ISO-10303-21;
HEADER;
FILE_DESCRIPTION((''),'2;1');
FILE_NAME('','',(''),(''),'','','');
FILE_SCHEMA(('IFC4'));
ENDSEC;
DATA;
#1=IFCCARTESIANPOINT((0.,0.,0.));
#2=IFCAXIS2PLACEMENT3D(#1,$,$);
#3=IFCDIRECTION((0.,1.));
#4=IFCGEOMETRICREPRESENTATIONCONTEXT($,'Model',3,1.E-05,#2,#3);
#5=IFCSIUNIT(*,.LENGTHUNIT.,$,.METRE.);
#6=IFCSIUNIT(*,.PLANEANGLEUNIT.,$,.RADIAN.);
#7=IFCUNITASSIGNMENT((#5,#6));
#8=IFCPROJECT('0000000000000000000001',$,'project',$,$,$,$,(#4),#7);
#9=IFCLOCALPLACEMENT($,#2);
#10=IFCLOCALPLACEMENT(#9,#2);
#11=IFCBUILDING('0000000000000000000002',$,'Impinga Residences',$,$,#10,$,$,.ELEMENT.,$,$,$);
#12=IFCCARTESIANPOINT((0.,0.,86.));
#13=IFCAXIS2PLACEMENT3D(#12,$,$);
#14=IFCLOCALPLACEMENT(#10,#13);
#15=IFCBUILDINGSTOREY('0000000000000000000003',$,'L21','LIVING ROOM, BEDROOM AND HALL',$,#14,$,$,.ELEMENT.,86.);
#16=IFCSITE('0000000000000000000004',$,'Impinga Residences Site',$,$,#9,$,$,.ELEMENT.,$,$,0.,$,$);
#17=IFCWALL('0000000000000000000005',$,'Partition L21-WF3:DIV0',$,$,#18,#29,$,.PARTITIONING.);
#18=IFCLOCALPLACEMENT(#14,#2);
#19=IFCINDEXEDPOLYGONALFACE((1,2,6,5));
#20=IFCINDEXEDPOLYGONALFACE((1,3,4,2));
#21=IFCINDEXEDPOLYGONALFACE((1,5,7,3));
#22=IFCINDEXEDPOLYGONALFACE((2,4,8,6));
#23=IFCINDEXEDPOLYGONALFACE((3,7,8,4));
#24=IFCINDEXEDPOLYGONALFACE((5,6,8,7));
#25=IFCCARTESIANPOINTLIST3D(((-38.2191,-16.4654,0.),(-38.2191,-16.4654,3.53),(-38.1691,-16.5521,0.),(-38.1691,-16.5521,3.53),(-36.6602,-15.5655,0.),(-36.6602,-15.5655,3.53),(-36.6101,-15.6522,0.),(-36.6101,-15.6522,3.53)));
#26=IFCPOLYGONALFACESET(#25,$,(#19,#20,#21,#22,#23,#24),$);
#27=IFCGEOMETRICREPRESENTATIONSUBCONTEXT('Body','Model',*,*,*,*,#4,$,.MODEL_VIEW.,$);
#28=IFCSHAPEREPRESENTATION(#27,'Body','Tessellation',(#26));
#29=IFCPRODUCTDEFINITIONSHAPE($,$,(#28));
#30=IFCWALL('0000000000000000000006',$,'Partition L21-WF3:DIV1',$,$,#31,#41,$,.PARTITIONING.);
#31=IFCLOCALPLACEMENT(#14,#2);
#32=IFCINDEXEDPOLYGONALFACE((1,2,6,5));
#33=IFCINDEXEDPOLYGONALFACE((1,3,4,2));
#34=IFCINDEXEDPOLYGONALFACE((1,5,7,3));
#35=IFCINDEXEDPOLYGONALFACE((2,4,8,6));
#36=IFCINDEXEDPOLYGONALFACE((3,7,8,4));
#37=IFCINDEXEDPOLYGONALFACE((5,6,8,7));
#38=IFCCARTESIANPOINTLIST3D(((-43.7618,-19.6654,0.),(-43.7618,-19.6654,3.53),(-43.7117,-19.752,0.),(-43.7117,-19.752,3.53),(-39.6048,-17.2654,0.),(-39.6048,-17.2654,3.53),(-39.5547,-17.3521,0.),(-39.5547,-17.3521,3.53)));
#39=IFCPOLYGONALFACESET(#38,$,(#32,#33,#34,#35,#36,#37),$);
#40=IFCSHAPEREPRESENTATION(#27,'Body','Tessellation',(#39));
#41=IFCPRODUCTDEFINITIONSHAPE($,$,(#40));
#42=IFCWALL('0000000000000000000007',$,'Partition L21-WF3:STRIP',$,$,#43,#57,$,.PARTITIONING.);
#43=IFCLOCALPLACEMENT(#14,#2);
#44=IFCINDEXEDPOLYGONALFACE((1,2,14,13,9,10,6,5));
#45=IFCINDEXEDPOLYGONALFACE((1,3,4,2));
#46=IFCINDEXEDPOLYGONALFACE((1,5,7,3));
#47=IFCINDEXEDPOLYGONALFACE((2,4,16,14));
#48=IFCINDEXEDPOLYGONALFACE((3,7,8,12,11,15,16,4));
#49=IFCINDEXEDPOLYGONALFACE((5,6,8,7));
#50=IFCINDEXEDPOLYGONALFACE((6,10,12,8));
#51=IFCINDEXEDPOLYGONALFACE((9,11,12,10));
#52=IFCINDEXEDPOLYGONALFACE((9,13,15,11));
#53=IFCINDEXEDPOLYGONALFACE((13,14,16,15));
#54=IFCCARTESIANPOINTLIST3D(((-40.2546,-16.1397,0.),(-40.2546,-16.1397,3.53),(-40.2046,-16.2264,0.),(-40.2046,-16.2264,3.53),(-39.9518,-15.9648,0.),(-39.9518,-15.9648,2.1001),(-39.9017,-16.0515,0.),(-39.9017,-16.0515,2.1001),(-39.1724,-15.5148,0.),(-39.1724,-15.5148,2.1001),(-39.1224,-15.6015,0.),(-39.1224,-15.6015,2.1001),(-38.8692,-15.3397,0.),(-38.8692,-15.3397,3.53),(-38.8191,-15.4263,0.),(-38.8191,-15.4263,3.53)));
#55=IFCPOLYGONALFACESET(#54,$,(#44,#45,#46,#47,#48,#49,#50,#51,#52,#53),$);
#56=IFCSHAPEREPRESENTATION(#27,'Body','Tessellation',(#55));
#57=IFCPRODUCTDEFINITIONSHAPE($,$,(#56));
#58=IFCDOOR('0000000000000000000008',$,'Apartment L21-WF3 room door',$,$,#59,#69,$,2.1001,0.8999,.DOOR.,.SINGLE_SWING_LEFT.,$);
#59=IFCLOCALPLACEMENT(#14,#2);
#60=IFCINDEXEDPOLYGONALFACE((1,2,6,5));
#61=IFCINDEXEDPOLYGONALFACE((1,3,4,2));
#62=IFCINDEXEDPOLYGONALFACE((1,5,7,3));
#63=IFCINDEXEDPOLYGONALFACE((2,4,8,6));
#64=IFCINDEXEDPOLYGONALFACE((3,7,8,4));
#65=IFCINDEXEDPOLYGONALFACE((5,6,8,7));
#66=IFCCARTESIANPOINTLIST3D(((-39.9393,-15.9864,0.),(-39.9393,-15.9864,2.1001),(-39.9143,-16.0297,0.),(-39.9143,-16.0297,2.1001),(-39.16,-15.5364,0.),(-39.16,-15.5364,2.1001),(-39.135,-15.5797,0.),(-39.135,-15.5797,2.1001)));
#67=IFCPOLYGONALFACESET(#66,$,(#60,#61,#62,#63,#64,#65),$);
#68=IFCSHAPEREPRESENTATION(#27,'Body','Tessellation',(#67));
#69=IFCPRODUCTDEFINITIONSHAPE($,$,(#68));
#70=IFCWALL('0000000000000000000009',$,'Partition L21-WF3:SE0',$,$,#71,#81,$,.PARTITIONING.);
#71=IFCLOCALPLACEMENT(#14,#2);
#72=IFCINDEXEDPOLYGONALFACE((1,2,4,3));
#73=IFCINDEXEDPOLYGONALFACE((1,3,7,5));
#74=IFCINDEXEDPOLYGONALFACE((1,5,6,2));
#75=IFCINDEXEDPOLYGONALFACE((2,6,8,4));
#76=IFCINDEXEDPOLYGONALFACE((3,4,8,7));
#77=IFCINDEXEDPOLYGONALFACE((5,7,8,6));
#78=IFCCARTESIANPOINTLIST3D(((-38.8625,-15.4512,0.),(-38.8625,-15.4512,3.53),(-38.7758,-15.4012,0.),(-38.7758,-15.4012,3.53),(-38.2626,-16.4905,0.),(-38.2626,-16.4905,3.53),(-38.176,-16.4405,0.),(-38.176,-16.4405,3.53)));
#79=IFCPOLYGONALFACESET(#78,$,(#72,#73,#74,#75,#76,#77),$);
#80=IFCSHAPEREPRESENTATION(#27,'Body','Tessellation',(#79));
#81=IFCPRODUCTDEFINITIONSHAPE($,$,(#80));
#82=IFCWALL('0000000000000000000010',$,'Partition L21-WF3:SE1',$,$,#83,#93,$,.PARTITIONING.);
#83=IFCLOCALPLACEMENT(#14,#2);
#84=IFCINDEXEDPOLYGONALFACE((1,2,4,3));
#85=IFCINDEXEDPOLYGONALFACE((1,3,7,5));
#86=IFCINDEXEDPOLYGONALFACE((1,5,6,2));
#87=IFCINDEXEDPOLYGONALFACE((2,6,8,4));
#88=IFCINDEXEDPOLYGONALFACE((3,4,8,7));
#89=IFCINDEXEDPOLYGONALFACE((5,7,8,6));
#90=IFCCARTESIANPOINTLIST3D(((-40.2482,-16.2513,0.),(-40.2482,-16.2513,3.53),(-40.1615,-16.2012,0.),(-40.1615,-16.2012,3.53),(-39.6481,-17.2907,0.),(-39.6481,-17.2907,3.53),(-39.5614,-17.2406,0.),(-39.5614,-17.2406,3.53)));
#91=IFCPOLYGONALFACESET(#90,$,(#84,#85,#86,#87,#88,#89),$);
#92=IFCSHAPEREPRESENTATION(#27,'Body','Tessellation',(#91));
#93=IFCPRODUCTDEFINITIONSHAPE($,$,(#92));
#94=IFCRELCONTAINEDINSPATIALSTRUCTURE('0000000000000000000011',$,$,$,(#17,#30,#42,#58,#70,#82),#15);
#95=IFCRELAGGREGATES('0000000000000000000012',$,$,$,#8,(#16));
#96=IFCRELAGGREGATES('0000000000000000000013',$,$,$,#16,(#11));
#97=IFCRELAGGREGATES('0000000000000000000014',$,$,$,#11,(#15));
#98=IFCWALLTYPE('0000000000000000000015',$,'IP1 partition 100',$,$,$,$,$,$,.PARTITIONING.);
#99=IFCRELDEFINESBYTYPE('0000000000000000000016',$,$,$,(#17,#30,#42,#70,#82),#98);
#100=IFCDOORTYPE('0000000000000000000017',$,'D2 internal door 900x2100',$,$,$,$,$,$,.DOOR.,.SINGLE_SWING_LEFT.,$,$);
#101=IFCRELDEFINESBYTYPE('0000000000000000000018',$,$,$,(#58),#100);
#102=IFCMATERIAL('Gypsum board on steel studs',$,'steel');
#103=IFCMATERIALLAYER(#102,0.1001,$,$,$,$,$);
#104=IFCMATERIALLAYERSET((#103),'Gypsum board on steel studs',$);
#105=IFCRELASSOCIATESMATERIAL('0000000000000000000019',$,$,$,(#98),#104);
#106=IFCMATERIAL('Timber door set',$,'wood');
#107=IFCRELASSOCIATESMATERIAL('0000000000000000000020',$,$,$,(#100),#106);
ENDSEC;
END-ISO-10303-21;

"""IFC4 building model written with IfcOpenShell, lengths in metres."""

from ifc_helpers import new_model, si_unit, direction, frame, frame_2d, origin, place, context, subcontext, project, spatial, rectangle, extrude, material, layer, layer_set, type_object, element, fill, save


model = new_model("IFC4")

# Units and contexts
model_context = context("Model", 3, precision=1e-05, world=origin(), true_north=direction((0.0, 1.0)))
body_context = subcontext(model_context, "Body", "Model", "MODEL_VIEW")
ifc_project = project(units=[si_unit("LENGTHUNIT", "METRE"), si_unit("PLANEANGLEUNIT", "RADIAN")], contexts=[model_context])

# Site, building, storey
site_placement = place(None, origin())
site = spatial("IfcSite", under=ifc_project, at=site_placement, Name="Impinga Residences Site", CompositionType="ELEMENT", RefElevation=0.0)
building_placement = place(site_placement, origin())
building = spatial("IfcBuilding", under=site, at=building_placement, Name="Impinga Residences", CompositionType="ELEMENT")
storey_placement = place(building_placement, frame((0.0, 0.0, 86.0)))
storey = spatial("IfcBuildingStorey", under=building, at=storey_placement, Name="L21", Description="LIVING ROOM, BEDROOM AND HALL", CompositionType="ELEMENT", Elevation=86.0)

# Walls
ifc_material_1 = material(Name="Gypsum board on steel studs", Category="steel")
ifc_layer_1 = layer(ifc_material_1, 0.1001)
ifc_layer_set_1 = layer_set([ifc_layer_1], Name="Gypsum board on steel studs")
wall_type_1 = type_object("IfcWallType", Name="IP1 partition 100", PredefinedType="PARTITIONING", material=ifc_layer_set_1)
wall_1_placement = place(storey_placement, frame((-36.6353, -15.6089, 0.0), z_axis=(0.0, 0.0, 1.0), x_axis=(-0.866048, -0.499961, 0.0)))
element("IfcWall", 1, at=wall_1_placement, inside=storey, type_object=wall_type_1, Name="Partition L21-WF3:DIV0", PredefinedType="PARTITIONING", context=body_context, shape_type="SweptSolid", body=[
    extrude(rectangle(XDim=1.8, YDim=0.1001, at=frame_2d((0.8999, 0.0))), origin(), (0.0, 0.0, 1.0), 3.53),
])
wall_2_placement = place(storey_placement, frame((-39.5798, -17.3088, 0.0), z_axis=(0.0, 0.0, 1.0), x_axis=(-0.866037, -0.499979, 0.0)))
element("IfcWall", 2, at=wall_2_placement, inside=storey, type_object=wall_type_1, Name="Partition L21-WF3:DIV1", PredefinedType="PARTITIONING", context=body_context, shape_type="SweptSolid", body=[
    extrude(rectangle(XDim=4.8, YDim=0.1001, at=frame_2d((2.3999, 0.0))), origin(), (0.0, 0.0, 1.0), 3.53),
])

# Wall, opening, door
wall_3_placement = place(storey_placement, frame((-38.8442, -15.3831, 0.0), z_axis=(0.0, 0.0, 1.0), x_axis=(-0.86599, -0.500061, 0.0)))
wall_3 = element("IfcWall", 3, at=wall_3_placement, inside=storey, type_object=wall_type_1, Name="Partition L21-WF3:STRIP", PredefinedType="PARTITIONING", context=body_context, shape_type="SweptSolid", body=[
    extrude(rectangle(XDim=1.5999, YDim=0.1001, at=frame_2d((0.7998, 0.0))), origin(), (0.0, 0.0, 1.0), 3.53),
])
opening_1_placement = place(wall_3_placement, frame((0.3501, 0.0, 0.0)))
opening_1 = element("IfcOpeningElement", 4, at=opening_1_placement, cuts=wall_3, PredefinedType="OPENING", context=body_context, shape_type="SweptSolid", body=[
    extrude(rectangle(XDim=0.8999, YDim=2.1001, at=frame_2d((0.45, 1.05))), frame((0.0, 0.0601, 0.0), z_axis=(0.0, -1.0, 0.0), x_axis=(1.0, 0.0, 0.0)), (0.0, 0.0, 1.0), 0.1201),
])
ifc_material_2 = material(Name="Timber door set", Category="wood")
door_type = type_object("IfcDoorType", Name="D2 internal door 900x2100", OperationType="SINGLE_SWING_LEFT", PredefinedType="DOOR", material=ifc_material_2)
door_placement = place(opening_1_placement, origin())
door = element("IfcDoor", 5, at=door_placement, inside=storey, type_object=door_type, Name="Apartment L21-WF3 room door", OperationType="SINGLE_SWING_LEFT", OverallHeight=2.1001, OverallWidth=0.8999, PredefinedType="DOOR", context=body_context, shape_type="SweptSolid", body=[
    extrude(rectangle(XDim=0.8999, YDim=2.1001, at=frame_2d((0.45, 1.05))), frame((0.0, 0.0249, 0.0), z_axis=(0.0, -1.0, 0.0), x_axis=(1.0, 0.0, 0.0)), (0.0, 0.0, 1.0), 0.05),
])
fill(opening_1, door)

# Walls
wall_4_placement = place(storey_placement, frame((-38.2192, -16.4656, 0.0), z_axis=(0.0, 0.0, 1.0), x_axis=(-0.499881, 0.866094, 0.0)))
element("IfcWall", 6, at=wall_4_placement, inside=storey, type_object=wall_type_1, Name="Partition L21-WF3:SE0", PredefinedType="PARTITIONING", context=body_context, shape_type="SweptSolid", body=[
    extrude(rectangle(XDim=1.2, YDim=0.1001, at=frame_2d((0.6001, 0.0))), origin(), (0.0, 0.0, 1.0), 3.53),
])
wall_5_placement = place(storey_placement, frame((-39.6047, -17.2656, 0.0), z_axis=(0.0, 0.0, 1.0), x_axis=(-0.500034, 0.866006, 0.0)))
element("IfcWall", 7, at=wall_5_placement, inside=storey, type_object=wall_type_1, Name="Partition L21-WF3:SE1", PredefinedType="PARTITIONING", context=body_context, shape_type="SweptSolid", body=[
    extrude(rectangle(XDim=1.2002, YDim=0.1001, at=frame_2d((0.6001, 0.0))), origin(), (0.0, 0.0, 1.0), 3.53),
])

save(model, "model.ifc")
